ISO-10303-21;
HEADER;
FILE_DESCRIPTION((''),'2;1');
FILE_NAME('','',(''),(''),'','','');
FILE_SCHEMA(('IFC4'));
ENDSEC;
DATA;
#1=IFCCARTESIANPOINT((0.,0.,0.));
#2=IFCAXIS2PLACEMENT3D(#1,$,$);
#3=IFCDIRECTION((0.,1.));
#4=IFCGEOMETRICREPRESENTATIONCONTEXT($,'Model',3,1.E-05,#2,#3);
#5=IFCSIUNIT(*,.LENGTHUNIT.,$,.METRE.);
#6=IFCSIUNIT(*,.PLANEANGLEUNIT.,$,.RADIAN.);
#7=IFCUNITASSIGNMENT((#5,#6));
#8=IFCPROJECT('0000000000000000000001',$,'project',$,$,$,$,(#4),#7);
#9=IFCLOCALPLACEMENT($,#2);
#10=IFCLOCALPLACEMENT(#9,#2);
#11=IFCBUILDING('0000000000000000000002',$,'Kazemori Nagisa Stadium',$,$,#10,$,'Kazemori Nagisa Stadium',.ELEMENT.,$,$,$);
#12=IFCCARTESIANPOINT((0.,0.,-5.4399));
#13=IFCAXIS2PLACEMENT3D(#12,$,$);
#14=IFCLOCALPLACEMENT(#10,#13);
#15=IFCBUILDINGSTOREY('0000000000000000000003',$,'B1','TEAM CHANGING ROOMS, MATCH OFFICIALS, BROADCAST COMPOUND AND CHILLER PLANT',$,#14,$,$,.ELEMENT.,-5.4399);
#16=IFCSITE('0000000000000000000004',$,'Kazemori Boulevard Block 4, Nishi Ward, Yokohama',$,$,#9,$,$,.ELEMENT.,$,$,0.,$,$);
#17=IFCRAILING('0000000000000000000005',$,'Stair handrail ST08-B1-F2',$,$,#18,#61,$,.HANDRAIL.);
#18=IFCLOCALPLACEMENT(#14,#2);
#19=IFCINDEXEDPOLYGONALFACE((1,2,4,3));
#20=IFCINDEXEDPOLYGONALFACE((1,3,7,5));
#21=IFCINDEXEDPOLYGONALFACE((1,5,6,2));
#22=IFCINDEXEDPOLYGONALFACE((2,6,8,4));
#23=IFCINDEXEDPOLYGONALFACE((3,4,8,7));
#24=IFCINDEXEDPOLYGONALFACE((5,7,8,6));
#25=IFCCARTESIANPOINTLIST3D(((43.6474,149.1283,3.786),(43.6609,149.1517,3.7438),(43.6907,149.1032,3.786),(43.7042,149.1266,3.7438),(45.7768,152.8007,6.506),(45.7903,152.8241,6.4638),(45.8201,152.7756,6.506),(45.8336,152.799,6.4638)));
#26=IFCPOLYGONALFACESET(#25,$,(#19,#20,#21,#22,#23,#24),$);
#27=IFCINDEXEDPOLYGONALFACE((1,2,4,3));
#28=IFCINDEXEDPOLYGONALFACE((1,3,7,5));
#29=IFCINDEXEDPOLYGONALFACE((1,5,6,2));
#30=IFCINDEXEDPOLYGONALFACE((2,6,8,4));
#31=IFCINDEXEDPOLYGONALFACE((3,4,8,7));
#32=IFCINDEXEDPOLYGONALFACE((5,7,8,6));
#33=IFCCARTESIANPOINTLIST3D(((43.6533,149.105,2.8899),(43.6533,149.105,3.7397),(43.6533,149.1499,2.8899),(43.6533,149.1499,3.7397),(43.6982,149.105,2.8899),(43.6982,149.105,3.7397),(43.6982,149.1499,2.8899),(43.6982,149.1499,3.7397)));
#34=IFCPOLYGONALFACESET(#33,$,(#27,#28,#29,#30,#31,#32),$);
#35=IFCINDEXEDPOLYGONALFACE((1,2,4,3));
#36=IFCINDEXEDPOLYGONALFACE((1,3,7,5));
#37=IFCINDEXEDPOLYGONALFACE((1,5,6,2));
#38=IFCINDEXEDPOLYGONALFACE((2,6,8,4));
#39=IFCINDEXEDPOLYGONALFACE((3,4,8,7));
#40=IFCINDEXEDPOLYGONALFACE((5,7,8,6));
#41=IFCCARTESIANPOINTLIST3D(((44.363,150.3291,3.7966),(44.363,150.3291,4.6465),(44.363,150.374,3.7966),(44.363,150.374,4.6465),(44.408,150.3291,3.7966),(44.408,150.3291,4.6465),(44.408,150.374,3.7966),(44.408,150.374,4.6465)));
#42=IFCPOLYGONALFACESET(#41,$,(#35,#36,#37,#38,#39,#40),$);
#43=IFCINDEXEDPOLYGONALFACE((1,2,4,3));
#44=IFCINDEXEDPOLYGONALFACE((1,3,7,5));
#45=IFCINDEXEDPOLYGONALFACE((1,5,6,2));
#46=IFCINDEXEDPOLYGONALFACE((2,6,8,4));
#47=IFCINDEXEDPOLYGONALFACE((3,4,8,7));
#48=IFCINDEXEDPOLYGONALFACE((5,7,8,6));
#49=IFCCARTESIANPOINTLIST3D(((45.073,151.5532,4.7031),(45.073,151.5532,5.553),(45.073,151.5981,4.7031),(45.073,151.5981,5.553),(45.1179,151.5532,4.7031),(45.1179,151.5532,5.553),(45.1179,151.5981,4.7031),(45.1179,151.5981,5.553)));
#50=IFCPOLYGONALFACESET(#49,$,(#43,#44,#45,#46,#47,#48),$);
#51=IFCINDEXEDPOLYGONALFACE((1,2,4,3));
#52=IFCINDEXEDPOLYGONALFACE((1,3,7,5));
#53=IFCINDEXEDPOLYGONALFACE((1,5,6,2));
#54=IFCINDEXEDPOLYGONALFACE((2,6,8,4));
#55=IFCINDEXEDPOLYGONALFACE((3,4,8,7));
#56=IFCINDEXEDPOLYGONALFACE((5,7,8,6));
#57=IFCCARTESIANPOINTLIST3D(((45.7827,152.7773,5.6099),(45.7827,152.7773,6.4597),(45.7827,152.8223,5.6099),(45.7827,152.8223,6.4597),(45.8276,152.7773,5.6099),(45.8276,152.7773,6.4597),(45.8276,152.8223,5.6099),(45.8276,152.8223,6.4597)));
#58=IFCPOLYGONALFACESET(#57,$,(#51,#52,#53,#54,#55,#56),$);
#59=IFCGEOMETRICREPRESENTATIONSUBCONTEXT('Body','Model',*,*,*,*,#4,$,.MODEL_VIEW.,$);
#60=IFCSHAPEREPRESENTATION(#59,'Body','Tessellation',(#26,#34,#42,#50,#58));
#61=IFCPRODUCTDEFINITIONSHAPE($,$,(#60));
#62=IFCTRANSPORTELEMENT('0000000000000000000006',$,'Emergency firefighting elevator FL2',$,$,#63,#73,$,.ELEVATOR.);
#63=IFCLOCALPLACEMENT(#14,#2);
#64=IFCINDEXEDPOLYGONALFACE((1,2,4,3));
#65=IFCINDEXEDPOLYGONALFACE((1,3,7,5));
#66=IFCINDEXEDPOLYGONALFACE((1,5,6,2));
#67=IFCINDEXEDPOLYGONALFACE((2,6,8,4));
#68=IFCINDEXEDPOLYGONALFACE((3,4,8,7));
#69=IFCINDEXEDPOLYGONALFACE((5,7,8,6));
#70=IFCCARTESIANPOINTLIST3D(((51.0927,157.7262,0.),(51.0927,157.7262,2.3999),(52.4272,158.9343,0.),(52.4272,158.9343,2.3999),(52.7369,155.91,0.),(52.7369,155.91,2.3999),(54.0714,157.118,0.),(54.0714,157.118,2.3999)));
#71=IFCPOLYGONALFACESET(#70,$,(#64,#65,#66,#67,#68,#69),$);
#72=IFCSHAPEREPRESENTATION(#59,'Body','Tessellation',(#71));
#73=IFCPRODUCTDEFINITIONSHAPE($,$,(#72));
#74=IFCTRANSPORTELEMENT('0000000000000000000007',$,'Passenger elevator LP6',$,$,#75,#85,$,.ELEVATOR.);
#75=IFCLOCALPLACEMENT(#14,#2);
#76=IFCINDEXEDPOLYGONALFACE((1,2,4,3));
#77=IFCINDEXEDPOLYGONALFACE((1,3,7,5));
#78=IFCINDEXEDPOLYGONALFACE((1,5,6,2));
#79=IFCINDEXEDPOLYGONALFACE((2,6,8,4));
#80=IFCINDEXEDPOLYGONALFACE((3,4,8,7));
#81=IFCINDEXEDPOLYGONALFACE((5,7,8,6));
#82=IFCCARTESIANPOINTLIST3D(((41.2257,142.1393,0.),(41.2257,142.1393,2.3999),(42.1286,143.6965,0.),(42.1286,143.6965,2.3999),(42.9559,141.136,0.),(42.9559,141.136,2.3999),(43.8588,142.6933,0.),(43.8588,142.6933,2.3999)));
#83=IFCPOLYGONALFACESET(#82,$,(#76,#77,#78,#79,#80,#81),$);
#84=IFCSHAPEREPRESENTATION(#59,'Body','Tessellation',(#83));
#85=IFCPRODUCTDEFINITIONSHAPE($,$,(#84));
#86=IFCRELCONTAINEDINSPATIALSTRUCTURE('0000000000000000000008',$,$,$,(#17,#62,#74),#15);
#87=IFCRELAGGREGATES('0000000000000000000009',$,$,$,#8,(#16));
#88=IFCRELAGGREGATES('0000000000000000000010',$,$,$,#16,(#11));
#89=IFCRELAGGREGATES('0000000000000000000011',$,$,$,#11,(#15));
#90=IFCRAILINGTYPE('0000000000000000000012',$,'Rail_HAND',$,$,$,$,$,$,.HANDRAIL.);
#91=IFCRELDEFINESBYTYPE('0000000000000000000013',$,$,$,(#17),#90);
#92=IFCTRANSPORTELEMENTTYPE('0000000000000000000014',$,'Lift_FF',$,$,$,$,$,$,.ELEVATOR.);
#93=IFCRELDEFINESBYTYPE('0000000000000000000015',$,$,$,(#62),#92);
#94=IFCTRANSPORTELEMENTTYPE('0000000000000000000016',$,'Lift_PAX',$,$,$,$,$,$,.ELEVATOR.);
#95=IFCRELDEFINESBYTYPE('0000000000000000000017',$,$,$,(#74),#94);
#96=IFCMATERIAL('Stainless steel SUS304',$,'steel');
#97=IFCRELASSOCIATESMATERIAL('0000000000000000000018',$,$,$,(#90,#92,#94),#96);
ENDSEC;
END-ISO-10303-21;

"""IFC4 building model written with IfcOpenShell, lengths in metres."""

from ifc_helpers import new_model, si_unit, direction, frame, origin, origin_2d, place, context, subcontext, project, spatial, rectangle, extrude, material, type_object, element, save


model = new_model("IFC4")

# Units and contexts
model_context = context("Model", 3, precision=1e-05, world=origin(), true_north=direction((0.0, 1.0)))
body_context = subcontext(model_context, "Body", "Model", "MODEL_VIEW")
ifc_project = project(units=[si_unit("LENGTHUNIT", "METRE"), si_unit("PLANEANGLEUNIT", "RADIAN")], contexts=[model_context])

# Site, building, storey
site_placement = place(None, origin())
site = spatial("IfcSite", under=ifc_project, at=site_placement, Name="Kazemori Boulevard Block 4, Nishi Ward, Yokohama", CompositionType="ELEMENT", RefElevation=0.0)
building_placement = place(site_placement, origin())
building = spatial("IfcBuilding", under=site, at=building_placement, Name="Kazemori Nagisa Stadium", LongName="Kazemori Nagisa Stadium", CompositionType="ELEMENT")
storey_placement = place(building_placement, frame((0.0, 0.0, -5.4399)))
storey = spatial("IfcBuildingStorey", under=building, at=storey_placement, Name="B1", Description="TEAM CHANGING ROOMS, MATCH OFFICIALS, BROADCAST COMPOUND AND CHILLER PLANT", CompositionType="ELEMENT", Elevation=-5.4399)

# Shared definitions
ifc_material_1 = material(Name="Stainless steel SUS304", Category="steel")

# Railing
railing_type_1 = type_object("IfcRailingType", Name="Rail_HAND", PredefinedType="HANDRAIL", material=ifc_material_1)
railing_1_placement = place(storey_placement, frame((43.6758, 149.1274, 2.8899)))
element("IfcRailing", 1, at=railing_1_placement, inside=storey, type_object=railing_type_1, Name="Stair handrail ST08-B1-F2", PredefinedType="HANDRAIL", context=body_context, shape_type="SweptSolid", body=[
    extrude(rectangle(XDim=0.05, YDim=0.05, at=origin_2d()), frame((0.0, 0.0, 0.875), z_axis=(0.422356, 0.728397, 0.539494), x_axis=(-0.86509, 0.501617, 0.0)), (0.0, 0.0, 1.0), 5.0417),
    extrude(rectangle(XDim=0.0449, YDim=0.0449, at=origin_2d()), origin(), (0.0, 0.0, 1.0), 0.8499),
    extrude(rectangle(XDim=0.0449, YDim=0.0449, at=origin_2d()), frame((0.7097, 1.2241, 0.9067)), (0.0, 0.0, 1.0), 0.8499),
    extrude(rectangle(XDim=0.0449, YDim=0.0449, at=origin_2d()), frame((1.4197, 2.4482, 1.8132)), (0.0, 0.0, 1.0), 0.8499),
    extrude(rectangle(XDim=0.0449, YDim=0.0449, at=origin_2d()), frame((2.1294, 3.6724, 2.72)), (0.0, 0.0, 1.0), 0.8499),
])

# Transport elements
transport_element_type_1 = type_object("IfcTransportElementType", Name="Lift_FF", PredefinedType="ELEVATOR", material=ifc_material_1)
transport_element_1_placement = place(storey_placement, frame((52.582, 157.4221, 0.0), z_axis=(0.0, 0.0, 1.0), x_axis=(-0.741351, -0.671118, 0.0)))
element("IfcTransportElement", 2, at=transport_element_1_placement, inside=storey, type_object=transport_element_type_1, Name="Emergency firefighting elevator FL2", PredefinedType="ELEVATOR", context=body_context, shape_type="SweptSolid", body=[
    extrude(rectangle(XDim=1.8, YDim=2.45, at=origin_2d()), origin(), (0.0, 0.0, 1.0), 2.3999),
])
transport_element_type_2 = type_object("IfcTransportElementType", Name="Lift_PAX", PredefinedType="ELEVATOR", material=ifc_material_1)
transport_element_2_placement = place(storey_placement, frame((42.5422, 142.4163, 0.0), z_axis=(0.0, 0.0, 1.0), x_axis=(-0.501612, -0.865093, 0.0)))
element("IfcTransportElement", 3, at=transport_element_2_placement, inside=storey, type_object=transport_element_type_2, Name="Passenger elevator LP6", PredefinedType="ELEVATOR", context=body_context, shape_type="SweptSolid", body=[
    extrude(rectangle(XDim=1.8, YDim=2.0, at=origin_2d()), origin(), (0.0, 0.0, 1.0), 2.3999),
])

save(model, "model.ifc")
